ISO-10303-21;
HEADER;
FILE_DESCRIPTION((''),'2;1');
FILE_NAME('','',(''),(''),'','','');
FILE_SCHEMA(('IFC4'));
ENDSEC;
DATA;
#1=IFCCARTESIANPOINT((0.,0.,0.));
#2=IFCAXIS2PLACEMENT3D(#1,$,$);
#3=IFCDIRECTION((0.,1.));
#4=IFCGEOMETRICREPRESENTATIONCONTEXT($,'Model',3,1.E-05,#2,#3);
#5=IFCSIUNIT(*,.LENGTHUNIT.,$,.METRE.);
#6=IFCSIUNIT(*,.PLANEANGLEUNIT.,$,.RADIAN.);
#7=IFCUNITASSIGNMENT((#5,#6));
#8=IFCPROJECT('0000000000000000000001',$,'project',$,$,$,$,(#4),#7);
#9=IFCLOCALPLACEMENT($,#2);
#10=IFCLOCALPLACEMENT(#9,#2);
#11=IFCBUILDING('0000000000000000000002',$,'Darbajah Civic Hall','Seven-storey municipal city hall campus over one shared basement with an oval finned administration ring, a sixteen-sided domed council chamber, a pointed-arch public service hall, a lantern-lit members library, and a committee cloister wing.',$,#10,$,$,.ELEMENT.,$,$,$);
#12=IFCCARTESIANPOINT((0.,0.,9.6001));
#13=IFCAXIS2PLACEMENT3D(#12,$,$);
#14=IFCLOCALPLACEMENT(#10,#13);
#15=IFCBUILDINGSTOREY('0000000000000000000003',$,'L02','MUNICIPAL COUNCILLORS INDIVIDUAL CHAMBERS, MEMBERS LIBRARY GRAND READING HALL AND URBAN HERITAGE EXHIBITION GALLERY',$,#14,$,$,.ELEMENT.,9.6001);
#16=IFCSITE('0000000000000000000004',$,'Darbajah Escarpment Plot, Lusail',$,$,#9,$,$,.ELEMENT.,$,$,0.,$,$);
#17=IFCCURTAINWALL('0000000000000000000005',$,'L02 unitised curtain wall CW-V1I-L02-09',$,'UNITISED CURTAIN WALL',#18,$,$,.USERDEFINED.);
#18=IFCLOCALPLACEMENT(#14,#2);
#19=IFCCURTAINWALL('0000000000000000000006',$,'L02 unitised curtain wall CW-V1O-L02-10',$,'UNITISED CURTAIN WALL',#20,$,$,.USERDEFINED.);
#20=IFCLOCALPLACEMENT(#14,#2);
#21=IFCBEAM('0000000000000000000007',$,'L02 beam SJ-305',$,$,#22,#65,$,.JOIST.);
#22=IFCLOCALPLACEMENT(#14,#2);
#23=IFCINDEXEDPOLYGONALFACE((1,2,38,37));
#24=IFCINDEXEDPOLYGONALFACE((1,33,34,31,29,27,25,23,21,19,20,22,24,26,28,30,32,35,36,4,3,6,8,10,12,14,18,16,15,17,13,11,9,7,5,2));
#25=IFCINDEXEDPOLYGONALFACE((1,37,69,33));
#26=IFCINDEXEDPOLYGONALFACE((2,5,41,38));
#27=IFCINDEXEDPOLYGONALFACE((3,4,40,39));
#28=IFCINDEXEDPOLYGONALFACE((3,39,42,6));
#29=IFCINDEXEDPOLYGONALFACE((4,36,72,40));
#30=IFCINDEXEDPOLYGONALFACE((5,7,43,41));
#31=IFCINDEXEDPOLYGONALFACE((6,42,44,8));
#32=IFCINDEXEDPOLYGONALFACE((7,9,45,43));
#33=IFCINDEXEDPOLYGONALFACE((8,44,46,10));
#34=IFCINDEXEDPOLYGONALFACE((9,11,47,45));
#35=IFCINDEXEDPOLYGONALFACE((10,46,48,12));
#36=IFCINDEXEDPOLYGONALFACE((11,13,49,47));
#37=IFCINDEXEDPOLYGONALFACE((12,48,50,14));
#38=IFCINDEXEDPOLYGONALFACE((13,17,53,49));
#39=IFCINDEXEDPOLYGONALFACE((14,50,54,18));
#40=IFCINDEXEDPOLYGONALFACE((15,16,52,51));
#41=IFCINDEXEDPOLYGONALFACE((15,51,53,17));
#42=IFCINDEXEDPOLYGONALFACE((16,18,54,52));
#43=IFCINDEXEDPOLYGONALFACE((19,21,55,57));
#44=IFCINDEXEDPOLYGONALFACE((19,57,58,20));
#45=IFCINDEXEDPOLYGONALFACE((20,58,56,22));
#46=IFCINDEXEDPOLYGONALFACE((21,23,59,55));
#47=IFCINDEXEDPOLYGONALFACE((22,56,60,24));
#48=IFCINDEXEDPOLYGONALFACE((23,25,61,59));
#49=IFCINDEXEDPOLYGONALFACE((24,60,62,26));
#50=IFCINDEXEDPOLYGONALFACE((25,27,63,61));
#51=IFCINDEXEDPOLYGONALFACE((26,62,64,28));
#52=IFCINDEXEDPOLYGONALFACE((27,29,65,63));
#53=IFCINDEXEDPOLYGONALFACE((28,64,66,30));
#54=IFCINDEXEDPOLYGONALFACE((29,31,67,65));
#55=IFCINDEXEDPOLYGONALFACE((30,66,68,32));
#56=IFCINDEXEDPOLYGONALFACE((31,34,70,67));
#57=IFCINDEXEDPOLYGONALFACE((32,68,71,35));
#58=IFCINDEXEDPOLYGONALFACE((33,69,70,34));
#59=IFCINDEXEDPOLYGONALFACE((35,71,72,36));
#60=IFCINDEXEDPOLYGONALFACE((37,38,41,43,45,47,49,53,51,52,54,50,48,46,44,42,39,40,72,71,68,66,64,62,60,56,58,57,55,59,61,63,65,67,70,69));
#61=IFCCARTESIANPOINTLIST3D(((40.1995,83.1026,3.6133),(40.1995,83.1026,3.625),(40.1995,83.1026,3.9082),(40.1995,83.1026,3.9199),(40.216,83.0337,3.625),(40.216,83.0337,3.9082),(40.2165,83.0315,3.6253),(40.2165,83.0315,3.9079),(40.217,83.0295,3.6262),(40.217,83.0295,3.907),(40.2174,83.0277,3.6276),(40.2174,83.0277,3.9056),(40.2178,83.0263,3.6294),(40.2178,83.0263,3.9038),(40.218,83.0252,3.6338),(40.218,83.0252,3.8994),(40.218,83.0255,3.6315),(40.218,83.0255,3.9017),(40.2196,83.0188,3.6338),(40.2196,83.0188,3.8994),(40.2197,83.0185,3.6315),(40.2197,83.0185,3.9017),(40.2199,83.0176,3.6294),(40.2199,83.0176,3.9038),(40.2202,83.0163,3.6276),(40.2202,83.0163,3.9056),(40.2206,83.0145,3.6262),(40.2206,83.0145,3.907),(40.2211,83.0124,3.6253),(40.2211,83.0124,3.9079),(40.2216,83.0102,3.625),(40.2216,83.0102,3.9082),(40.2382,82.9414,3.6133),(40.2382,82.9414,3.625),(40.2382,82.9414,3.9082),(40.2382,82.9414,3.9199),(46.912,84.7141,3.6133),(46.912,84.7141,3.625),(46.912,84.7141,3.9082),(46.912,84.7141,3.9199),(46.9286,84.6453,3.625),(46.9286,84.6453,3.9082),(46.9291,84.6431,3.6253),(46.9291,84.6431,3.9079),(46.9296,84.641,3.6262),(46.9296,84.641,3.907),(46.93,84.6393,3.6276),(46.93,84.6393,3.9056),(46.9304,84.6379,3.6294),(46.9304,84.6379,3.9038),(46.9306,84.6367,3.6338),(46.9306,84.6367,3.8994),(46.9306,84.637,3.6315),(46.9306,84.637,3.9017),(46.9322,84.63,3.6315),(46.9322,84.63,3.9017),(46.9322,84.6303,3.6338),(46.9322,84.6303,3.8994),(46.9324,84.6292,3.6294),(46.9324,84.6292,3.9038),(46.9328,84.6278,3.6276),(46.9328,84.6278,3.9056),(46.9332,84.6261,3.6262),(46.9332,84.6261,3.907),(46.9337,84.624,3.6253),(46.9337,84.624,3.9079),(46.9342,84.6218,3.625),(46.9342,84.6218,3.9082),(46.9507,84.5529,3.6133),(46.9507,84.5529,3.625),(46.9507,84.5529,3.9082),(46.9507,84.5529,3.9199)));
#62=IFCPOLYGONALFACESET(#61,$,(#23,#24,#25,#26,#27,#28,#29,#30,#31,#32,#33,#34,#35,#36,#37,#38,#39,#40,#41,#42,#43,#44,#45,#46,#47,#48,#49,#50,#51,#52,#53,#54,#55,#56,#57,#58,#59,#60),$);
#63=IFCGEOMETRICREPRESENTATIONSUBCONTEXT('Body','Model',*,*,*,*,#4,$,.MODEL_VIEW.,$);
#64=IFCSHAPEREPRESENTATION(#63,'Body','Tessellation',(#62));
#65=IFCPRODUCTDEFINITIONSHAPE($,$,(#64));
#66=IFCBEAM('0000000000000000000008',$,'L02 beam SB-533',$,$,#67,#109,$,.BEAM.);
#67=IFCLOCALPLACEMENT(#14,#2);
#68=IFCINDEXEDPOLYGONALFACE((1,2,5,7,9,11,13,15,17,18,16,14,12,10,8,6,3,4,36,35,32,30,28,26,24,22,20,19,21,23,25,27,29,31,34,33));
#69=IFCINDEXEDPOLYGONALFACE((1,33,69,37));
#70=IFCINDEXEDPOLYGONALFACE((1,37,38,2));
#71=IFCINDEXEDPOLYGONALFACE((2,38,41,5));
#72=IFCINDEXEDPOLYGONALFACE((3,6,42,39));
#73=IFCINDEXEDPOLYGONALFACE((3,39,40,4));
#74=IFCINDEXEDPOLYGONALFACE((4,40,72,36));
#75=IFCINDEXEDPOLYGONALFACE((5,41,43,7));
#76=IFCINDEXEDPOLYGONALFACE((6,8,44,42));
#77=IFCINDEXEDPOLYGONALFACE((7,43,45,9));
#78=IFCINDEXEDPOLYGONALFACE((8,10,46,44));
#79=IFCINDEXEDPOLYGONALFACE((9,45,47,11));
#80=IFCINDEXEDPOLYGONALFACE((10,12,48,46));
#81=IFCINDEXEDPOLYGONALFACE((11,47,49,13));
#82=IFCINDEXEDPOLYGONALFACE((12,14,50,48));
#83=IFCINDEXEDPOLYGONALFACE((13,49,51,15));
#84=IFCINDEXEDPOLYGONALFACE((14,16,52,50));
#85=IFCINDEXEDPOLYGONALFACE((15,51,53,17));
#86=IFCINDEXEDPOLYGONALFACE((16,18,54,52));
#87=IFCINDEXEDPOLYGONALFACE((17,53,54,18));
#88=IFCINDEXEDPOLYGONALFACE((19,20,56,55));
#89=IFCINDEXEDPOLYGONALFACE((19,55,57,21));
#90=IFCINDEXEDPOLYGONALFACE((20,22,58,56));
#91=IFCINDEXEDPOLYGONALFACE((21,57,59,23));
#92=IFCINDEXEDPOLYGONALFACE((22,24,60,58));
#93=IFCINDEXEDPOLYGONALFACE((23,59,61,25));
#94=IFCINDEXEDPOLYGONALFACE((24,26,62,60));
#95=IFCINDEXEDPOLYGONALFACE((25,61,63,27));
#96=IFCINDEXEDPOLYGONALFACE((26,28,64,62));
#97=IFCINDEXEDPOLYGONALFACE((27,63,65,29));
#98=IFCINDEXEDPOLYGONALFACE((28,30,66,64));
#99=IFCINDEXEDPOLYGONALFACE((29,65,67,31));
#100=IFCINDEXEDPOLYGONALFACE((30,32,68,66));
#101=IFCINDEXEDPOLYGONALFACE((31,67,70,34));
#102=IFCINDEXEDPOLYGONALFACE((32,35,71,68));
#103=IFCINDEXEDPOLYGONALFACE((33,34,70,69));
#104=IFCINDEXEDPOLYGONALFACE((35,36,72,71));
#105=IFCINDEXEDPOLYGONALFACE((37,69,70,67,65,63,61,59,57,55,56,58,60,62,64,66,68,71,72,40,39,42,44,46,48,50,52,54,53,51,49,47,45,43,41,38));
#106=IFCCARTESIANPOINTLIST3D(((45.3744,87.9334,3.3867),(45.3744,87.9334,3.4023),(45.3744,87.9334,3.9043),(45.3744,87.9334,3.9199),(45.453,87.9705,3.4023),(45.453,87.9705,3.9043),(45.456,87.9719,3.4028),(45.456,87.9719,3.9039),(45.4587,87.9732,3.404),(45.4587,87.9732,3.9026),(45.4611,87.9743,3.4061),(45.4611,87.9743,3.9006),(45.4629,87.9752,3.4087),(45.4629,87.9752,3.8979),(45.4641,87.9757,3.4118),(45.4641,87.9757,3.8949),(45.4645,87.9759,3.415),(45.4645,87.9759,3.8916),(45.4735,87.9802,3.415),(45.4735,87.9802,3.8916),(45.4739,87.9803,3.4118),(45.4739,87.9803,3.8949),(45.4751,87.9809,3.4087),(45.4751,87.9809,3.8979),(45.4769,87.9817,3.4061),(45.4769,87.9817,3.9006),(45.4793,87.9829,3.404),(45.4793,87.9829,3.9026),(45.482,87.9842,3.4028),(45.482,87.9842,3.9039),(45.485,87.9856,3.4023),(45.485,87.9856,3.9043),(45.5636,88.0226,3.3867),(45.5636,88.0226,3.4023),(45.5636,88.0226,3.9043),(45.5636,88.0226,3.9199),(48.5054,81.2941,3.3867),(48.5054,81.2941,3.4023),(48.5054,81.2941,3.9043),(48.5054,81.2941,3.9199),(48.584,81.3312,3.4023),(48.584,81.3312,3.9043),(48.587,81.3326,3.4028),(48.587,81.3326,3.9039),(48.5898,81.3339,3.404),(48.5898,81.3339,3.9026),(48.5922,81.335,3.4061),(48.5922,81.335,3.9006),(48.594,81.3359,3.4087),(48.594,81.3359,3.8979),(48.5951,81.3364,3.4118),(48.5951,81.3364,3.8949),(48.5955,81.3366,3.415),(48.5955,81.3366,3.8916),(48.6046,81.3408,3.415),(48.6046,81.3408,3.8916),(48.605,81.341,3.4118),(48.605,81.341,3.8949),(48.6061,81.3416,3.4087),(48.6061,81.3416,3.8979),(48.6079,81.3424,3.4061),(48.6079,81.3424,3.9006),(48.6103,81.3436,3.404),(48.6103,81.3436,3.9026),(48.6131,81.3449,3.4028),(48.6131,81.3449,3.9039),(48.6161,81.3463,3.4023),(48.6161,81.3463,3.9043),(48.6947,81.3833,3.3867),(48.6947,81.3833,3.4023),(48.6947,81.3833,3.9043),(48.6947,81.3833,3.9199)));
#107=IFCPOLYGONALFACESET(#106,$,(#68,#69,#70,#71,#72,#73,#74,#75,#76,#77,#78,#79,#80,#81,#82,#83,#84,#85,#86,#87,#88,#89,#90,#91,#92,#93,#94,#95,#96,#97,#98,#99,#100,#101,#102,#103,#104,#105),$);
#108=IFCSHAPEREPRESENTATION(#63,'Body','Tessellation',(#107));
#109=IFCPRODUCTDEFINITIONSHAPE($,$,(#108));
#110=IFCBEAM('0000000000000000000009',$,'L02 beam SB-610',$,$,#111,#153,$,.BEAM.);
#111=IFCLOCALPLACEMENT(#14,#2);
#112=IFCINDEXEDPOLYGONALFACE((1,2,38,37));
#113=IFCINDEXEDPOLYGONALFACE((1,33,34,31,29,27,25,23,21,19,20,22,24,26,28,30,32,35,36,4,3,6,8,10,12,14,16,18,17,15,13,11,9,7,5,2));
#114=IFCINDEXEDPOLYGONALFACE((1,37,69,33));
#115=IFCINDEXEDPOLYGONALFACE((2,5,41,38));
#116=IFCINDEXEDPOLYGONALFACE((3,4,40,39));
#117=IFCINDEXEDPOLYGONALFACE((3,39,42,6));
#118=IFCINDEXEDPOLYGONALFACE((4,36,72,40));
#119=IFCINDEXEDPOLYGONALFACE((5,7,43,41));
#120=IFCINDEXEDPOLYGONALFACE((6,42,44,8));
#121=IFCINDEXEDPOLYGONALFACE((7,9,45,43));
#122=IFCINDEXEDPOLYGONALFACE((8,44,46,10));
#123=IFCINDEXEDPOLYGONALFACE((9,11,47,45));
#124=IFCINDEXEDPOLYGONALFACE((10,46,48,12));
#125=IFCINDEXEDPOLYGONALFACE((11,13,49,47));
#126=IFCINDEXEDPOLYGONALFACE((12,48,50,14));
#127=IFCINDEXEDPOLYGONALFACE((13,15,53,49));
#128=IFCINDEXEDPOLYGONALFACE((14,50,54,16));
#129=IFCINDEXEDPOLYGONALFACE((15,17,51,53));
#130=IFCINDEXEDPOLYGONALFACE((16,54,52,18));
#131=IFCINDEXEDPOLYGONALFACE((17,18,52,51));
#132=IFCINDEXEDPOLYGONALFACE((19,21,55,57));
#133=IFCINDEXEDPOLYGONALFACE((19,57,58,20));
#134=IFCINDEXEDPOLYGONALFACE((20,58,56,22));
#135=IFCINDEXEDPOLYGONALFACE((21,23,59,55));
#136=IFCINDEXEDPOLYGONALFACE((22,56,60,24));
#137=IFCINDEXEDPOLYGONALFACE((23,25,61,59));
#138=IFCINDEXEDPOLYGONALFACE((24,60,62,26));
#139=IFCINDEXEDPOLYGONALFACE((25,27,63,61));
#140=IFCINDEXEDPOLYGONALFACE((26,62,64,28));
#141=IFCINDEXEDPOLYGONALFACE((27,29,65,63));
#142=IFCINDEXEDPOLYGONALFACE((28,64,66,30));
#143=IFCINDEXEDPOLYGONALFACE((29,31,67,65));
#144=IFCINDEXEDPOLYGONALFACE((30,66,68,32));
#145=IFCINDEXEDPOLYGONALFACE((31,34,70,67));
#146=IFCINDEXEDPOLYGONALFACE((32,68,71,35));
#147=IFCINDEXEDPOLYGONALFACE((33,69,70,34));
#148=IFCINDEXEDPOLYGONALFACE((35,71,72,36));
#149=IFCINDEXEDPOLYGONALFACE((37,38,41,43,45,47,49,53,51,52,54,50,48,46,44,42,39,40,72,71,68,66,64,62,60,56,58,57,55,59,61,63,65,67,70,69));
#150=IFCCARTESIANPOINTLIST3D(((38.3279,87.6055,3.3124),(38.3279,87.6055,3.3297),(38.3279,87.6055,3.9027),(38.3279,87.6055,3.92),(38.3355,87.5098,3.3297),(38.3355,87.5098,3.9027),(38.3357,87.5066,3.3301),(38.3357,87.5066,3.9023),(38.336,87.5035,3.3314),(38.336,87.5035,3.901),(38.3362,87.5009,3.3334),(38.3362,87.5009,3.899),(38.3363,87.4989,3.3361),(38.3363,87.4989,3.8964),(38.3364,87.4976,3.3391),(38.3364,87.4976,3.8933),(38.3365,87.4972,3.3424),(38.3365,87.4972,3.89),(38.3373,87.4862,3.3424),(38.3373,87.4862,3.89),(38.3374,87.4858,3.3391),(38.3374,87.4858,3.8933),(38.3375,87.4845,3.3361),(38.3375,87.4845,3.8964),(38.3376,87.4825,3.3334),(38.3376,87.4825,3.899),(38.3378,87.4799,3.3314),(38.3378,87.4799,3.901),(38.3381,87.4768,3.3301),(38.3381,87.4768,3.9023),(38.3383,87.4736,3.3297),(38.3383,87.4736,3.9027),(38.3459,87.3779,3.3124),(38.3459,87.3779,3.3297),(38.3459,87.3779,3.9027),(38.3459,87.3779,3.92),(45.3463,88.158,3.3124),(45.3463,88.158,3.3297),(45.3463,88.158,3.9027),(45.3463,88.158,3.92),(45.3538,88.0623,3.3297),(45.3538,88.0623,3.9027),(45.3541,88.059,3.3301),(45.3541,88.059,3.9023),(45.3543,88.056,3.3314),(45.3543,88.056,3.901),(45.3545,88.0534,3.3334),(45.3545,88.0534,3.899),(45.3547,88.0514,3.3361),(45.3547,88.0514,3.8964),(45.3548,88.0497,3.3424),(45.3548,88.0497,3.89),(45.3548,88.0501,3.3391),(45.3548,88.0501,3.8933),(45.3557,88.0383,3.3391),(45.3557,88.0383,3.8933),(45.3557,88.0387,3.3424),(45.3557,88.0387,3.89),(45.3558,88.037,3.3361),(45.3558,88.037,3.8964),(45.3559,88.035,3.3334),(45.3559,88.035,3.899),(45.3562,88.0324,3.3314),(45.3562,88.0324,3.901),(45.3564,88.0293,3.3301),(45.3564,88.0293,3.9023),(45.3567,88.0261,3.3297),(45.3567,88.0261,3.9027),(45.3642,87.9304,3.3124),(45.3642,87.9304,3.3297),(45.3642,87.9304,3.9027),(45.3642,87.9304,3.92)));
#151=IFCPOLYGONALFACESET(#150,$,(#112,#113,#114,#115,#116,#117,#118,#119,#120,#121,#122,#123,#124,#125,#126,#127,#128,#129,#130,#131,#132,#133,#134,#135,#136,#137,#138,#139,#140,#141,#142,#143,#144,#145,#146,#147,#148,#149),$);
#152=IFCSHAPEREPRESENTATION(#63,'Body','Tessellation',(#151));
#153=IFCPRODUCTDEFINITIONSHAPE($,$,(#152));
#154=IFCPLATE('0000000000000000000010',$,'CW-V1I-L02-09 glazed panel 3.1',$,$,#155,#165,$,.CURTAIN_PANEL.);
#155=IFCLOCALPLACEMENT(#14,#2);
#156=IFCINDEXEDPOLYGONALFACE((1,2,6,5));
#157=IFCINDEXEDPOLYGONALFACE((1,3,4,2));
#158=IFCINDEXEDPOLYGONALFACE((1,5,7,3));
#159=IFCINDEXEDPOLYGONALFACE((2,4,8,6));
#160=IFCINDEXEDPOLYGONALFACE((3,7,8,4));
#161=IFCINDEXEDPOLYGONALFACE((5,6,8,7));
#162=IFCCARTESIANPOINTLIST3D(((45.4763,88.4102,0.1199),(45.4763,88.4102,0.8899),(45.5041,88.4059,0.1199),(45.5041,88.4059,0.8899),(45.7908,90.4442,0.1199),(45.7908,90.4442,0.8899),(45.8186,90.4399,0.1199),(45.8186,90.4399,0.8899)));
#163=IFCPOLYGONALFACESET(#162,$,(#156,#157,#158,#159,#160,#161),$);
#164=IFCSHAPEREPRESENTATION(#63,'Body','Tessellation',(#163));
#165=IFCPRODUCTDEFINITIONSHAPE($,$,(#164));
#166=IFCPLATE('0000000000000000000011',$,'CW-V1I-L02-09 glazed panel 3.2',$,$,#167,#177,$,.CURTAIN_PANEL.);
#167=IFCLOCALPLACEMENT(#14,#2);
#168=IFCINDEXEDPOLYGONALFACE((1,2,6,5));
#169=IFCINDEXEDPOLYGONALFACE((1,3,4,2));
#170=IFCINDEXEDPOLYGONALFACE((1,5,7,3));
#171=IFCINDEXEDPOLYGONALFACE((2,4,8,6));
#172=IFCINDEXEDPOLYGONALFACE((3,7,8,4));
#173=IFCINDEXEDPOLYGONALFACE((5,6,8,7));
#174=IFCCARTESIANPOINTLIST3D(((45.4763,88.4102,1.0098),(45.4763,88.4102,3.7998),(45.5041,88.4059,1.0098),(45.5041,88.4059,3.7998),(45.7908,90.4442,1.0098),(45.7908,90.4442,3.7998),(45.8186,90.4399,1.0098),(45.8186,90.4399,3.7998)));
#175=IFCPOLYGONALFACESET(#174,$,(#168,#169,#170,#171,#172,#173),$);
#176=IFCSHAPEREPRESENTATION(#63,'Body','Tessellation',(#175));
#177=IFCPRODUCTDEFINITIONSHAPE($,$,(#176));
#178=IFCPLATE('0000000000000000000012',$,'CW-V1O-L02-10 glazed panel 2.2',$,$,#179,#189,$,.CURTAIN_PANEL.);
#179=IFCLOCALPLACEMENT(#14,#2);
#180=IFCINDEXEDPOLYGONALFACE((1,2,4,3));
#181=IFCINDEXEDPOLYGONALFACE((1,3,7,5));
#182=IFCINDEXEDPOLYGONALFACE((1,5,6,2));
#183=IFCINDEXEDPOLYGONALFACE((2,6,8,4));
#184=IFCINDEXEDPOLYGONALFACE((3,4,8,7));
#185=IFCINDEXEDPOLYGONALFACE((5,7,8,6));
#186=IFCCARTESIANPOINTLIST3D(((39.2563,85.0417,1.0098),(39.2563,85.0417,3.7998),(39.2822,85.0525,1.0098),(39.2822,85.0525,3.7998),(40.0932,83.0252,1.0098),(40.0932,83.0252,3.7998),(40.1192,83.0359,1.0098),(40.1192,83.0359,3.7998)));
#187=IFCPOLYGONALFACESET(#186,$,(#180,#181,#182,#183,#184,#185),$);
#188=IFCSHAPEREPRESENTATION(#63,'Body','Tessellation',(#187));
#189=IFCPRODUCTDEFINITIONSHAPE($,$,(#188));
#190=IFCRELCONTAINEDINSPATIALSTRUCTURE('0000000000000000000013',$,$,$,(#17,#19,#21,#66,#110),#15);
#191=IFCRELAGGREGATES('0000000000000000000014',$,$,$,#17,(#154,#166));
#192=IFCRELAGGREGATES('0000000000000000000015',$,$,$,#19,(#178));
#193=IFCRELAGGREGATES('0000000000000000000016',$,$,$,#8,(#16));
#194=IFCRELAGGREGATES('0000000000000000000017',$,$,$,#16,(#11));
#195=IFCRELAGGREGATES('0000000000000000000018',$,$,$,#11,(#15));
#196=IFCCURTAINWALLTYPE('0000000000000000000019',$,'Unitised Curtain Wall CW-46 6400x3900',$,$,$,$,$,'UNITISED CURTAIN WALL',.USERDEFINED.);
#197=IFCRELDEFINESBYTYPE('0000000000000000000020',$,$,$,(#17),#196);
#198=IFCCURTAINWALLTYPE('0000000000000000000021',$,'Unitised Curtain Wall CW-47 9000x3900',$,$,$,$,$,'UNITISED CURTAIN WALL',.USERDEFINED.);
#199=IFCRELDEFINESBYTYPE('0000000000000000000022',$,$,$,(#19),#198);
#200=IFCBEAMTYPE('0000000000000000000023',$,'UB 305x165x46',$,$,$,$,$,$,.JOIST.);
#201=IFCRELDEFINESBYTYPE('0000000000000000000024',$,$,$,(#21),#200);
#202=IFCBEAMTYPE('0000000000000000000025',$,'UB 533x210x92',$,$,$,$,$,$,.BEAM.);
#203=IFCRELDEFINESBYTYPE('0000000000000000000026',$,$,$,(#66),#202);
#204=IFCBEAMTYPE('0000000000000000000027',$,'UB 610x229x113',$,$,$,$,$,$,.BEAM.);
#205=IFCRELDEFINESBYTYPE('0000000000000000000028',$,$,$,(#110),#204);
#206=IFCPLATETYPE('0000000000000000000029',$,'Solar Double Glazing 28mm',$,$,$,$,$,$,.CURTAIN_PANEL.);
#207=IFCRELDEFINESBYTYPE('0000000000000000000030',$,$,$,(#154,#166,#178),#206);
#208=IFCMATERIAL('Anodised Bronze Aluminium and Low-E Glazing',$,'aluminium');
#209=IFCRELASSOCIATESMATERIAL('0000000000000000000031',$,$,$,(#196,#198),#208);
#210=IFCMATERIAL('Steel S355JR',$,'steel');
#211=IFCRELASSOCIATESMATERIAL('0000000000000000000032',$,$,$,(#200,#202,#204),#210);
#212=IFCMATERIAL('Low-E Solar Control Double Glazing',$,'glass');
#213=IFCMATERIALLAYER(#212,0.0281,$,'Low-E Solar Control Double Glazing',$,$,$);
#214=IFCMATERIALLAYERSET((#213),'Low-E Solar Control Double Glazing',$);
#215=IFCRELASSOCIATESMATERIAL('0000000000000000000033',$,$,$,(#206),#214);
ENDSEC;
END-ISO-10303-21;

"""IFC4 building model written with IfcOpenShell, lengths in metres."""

from ifc_helpers import new_model, si_unit, direction, frame, origin, origin_2d, place, context, subcontext, project, spatial, rectangle, i_section, extrude, material, layer, layer_set, material_profile, profile_set, type_object, element, aggregate, save


model = new_model("IFC4")

# Units and contexts
model_context = context("Model", 3, precision=1e-05, world=origin(), true_north=direction((0.0, 1.0)))
body_context = subcontext(model_context, "Body", "Model", "MODEL_VIEW")
ifc_project = project(units=[si_unit("LENGTHUNIT", "METRE"), si_unit("PLANEANGLEUNIT", "RADIAN")], contexts=[model_context])

# Site, building, storey
site_placement = place(None, origin())
site = spatial("IfcSite", under=ifc_project, at=site_placement, Name="Darbajah Escarpment Plot, Lusail", CompositionType="ELEMENT", RefElevation=0.0)
building_placement = place(site_placement, origin())
building = spatial("IfcBuilding", under=site, at=building_placement, Name="Darbajah Civic Hall", Description="Seven-storey municipal city hall campus over one shared basement with an oval finned administration ring, a sixteen-sided domed council chamber, a pointed-arch public service hall, a lantern-lit members library, and a committee cloister wing.", CompositionType="ELEMENT")
storey_placement = place(building_placement, frame((0.0, 0.0, 9.6001)))
storey = spatial("IfcBuildingStorey", under=building, at=storey_placement, Name="L02", Description="MUNICIPAL COUNCILLORS INDIVIDUAL CHAMBERS, MEMBERS LIBRARY GRAND READING HALL AND URBAN HERITAGE EXHIBITION GALLERY", CompositionType="ELEMENT", Elevation=9.6001)

# Curtain walls
ifc_material_1 = material(Name="Anodised Bronze Aluminium and Low-E Glazing", Category="aluminium")
curtain_wall_type_1 = type_object("IfcCurtainWallType", Name="Unitised Curtain Wall CW-46 6400x3900", ElementType="UNITISED CURTAIN WALL", PredefinedType="USERDEFINED", material=ifc_material_1)
curtain_wall_1_placement = place(storey_placement, origin())
curtain_wall_1 = element("IfcCurtainWall", 1, at=curtain_wall_1_placement, inside=storey, type_object=curtain_wall_type_1, Name="L02 unitised curtain wall CW-V1I-L02-09", ObjectType="UNITISED CURTAIN WALL", PredefinedType="USERDEFINED")
curtain_wall_type_2 = type_object("IfcCurtainWallType", Name="Unitised Curtain Wall CW-47 9000x3900", ElementType="UNITISED CURTAIN WALL", PredefinedType="USERDEFINED", material=ifc_material_1)
curtain_wall_2_placement = place(storey_placement, origin())
curtain_wall_2 = element("IfcCurtainWall", 2, at=curtain_wall_2_placement, inside=storey, type_object=curtain_wall_type_2, Name="L02 unitised curtain wall CW-V1O-L02-10", ObjectType="UNITISED CURTAIN WALL", PredefinedType="USERDEFINED")

# Beams
ifc_material_2 = material(Name="Steel S355JR", Category="steel")
ifc_material_profile_1 = material_profile(ifc_material_2, i_section(OverallWidth=0.1658, OverallDepth=0.3066, WebThickness=0.0066, FlangeThickness=0.0117, FilletRadius=0.0088, at=origin_2d()), Name="UB 305x165x46")
ifc_profile_set_1 = profile_set([ifc_material_profile_1], Name="Steel S355JR")
beam_type_1 = type_object("IfcBeamType", Name="UB 305x165x46", PredefinedType="JOIST", material=ifc_profile_set_1)
beam_1_placement = place(storey_placement, frame((46.9314, 84.6335, 3.7666), z_axis=(-0.97237, -0.233447, 0.0), x_axis=(0.233447, -0.97237, 0.0)))
element("IfcBeam", 3, at=beam_1_placement, inside=storey, type_object=beam_type_1, Name="L02 beam SJ-305", PredefinedType="JOIST", context=body_context, shape_type="SweptSolid", body=[
    extrude(i_section(OverallWidth=0.1658, OverallDepth=0.3066, WebThickness=0.0066, FlangeThickness=0.0117, FilletRadius=0.0088, at=origin_2d()), origin(), (0.0, 0.0, 1.0), 6.9033),
])
ifc_material_profile_2 = material_profile(ifc_material_2, i_section(OverallWidth=0.2092, OverallDepth=0.5332, WebThickness=0.01, FlangeThickness=0.0156, FilletRadius=0.0127, at=origin_2d()), Name="UB 533x210x92")
ifc_profile_set_2 = profile_set([ifc_material_profile_2], Name="Steel S355JR")
beam_type_2 = type_object("IfcBeamType", Name="UB 533x210x92", PredefinedType="BEAM", material=ifc_profile_set_2)
beam_2_placement = place(storey_placement, frame((45.469, 87.978, 3.6533), z_axis=(0.426542, -0.904468, 0.0), x_axis=(0.904468, 0.426542, 0.0)))
element("IfcBeam", 4, at=beam_2_placement, inside=storey, type_object=beam_type_2, Name="L02 beam SB-533", PredefinedType="BEAM", context=body_context, shape_type="SweptSolid", body=[
    extrude(i_section(OverallWidth=0.2092, OverallDepth=0.5332, WebThickness=0.01, FlangeThickness=0.0156, FilletRadius=0.0127, at=origin_2d()), origin(), (0.0, 0.0, 1.0), 7.3406),
])
ifc_material_profile_3 = material_profile(ifc_material_2, i_section(OverallWidth=0.2283, OverallDepth=0.6077, WebThickness=0.011, FlangeThickness=0.0173, FilletRadius=0.0127, at=origin_2d()), Name="UB 610x229x113")
ifc_profile_set_3 = profile_set([ifc_material_profile_3], Name="Steel S355JR")
beam_type_3 = type_object("IfcBeamType", Name="UB 610x229x113", PredefinedType="BEAM", material=ifc_profile_set_3)
beam_3_placement = place(storey_placement, frame((45.3552, 88.0442, 3.6162), z_axis=(-0.996916, -0.078478, 0.0), x_axis=(0.078478, -0.996916, 0.0)))
element("IfcBeam", 5, at=beam_3_placement, inside=storey, type_object=beam_type_3, Name="L02 beam SB-610", PredefinedType="BEAM", context=body_context, shape_type="SweptSolid", body=[
    extrude(i_section(OverallWidth=0.2283, OverallDepth=0.6077, WebThickness=0.011, FlangeThickness=0.0173, FilletRadius=0.0127, at=origin_2d()), origin(), (0.0, 0.0, 1.0), 7.04),
])

# Plates
ifc_material_3 = material(Name="Low-E Solar Control Double Glazing", Category="glass")
ifc_layer_1 = layer(ifc_material_3, 0.0281, Name="Low-E Solar Control Double Glazing")
ifc_layer_set_1 = layer_set([ifc_layer_1], Name="Low-E Solar Control Double Glazing")
plate_type = type_object("IfcPlateType", Name="Solar Double Glazing 28mm", PredefinedType="CURTAIN_PANEL", material=ifc_layer_set_1)
plate_1_placement = place(storey_placement, frame((45.6475, 89.425, 0.1199), z_axis=(0.0, 0.0, 1.0), x_axis=(-0.152813, -0.988255, 0.0)))
plate_1 = element("IfcPlate", 6, at=plate_1_placement, type_object=plate_type, Name="CW-V1I-L02-09 glazed panel 3.1", PredefinedType="CURTAIN_PANEL", context=body_context, shape_type="SweptSolid", body=[
    extrude(rectangle(XDim=2.0581, YDim=0.0281, at=origin_2d()), origin(), (0.0, 0.0, 1.0), 0.77),
])
plate_2_placement = place(storey_placement, frame((45.6475, 89.425, 1.0098), z_axis=(0.0, 0.0, 1.0), x_axis=(-0.152813, -0.988255, 0.0)))
plate_2 = element("IfcPlate", 7, at=plate_2_placement, type_object=plate_type, Name="CW-V1I-L02-09 glazed panel 3.2", PredefinedType="CURTAIN_PANEL", context=body_context, shape_type="SweptSolid", body=[
    extrude(rectangle(XDim=2.0581, YDim=0.0281, at=origin_2d()), origin(), (0.0, 0.0, 1.0), 2.79),
])
aggregate(curtain_wall_1, [plate_1, plate_2])
plate_3_placement = place(storey_placement, frame((39.6877, 84.0388, 1.0098), z_axis=(0.0, 0.0, 1.0), x_axis=(0.383328, -0.923612, 0.0)))
plate_3 = element("IfcPlate", 8, at=plate_3_placement, type_object=plate_type, Name="CW-V1O-L02-10 glazed panel 2.2", PredefinedType="CURTAIN_PANEL", context=body_context, shape_type="SweptSolid", body=[
    extrude(rectangle(XDim=2.1833, YDim=0.0281, at=origin_2d()), origin(), (0.0, 0.0, 1.0), 2.79),
])
aggregate(curtain_wall_2, [plate_3])

save(model, "model.ifc")
